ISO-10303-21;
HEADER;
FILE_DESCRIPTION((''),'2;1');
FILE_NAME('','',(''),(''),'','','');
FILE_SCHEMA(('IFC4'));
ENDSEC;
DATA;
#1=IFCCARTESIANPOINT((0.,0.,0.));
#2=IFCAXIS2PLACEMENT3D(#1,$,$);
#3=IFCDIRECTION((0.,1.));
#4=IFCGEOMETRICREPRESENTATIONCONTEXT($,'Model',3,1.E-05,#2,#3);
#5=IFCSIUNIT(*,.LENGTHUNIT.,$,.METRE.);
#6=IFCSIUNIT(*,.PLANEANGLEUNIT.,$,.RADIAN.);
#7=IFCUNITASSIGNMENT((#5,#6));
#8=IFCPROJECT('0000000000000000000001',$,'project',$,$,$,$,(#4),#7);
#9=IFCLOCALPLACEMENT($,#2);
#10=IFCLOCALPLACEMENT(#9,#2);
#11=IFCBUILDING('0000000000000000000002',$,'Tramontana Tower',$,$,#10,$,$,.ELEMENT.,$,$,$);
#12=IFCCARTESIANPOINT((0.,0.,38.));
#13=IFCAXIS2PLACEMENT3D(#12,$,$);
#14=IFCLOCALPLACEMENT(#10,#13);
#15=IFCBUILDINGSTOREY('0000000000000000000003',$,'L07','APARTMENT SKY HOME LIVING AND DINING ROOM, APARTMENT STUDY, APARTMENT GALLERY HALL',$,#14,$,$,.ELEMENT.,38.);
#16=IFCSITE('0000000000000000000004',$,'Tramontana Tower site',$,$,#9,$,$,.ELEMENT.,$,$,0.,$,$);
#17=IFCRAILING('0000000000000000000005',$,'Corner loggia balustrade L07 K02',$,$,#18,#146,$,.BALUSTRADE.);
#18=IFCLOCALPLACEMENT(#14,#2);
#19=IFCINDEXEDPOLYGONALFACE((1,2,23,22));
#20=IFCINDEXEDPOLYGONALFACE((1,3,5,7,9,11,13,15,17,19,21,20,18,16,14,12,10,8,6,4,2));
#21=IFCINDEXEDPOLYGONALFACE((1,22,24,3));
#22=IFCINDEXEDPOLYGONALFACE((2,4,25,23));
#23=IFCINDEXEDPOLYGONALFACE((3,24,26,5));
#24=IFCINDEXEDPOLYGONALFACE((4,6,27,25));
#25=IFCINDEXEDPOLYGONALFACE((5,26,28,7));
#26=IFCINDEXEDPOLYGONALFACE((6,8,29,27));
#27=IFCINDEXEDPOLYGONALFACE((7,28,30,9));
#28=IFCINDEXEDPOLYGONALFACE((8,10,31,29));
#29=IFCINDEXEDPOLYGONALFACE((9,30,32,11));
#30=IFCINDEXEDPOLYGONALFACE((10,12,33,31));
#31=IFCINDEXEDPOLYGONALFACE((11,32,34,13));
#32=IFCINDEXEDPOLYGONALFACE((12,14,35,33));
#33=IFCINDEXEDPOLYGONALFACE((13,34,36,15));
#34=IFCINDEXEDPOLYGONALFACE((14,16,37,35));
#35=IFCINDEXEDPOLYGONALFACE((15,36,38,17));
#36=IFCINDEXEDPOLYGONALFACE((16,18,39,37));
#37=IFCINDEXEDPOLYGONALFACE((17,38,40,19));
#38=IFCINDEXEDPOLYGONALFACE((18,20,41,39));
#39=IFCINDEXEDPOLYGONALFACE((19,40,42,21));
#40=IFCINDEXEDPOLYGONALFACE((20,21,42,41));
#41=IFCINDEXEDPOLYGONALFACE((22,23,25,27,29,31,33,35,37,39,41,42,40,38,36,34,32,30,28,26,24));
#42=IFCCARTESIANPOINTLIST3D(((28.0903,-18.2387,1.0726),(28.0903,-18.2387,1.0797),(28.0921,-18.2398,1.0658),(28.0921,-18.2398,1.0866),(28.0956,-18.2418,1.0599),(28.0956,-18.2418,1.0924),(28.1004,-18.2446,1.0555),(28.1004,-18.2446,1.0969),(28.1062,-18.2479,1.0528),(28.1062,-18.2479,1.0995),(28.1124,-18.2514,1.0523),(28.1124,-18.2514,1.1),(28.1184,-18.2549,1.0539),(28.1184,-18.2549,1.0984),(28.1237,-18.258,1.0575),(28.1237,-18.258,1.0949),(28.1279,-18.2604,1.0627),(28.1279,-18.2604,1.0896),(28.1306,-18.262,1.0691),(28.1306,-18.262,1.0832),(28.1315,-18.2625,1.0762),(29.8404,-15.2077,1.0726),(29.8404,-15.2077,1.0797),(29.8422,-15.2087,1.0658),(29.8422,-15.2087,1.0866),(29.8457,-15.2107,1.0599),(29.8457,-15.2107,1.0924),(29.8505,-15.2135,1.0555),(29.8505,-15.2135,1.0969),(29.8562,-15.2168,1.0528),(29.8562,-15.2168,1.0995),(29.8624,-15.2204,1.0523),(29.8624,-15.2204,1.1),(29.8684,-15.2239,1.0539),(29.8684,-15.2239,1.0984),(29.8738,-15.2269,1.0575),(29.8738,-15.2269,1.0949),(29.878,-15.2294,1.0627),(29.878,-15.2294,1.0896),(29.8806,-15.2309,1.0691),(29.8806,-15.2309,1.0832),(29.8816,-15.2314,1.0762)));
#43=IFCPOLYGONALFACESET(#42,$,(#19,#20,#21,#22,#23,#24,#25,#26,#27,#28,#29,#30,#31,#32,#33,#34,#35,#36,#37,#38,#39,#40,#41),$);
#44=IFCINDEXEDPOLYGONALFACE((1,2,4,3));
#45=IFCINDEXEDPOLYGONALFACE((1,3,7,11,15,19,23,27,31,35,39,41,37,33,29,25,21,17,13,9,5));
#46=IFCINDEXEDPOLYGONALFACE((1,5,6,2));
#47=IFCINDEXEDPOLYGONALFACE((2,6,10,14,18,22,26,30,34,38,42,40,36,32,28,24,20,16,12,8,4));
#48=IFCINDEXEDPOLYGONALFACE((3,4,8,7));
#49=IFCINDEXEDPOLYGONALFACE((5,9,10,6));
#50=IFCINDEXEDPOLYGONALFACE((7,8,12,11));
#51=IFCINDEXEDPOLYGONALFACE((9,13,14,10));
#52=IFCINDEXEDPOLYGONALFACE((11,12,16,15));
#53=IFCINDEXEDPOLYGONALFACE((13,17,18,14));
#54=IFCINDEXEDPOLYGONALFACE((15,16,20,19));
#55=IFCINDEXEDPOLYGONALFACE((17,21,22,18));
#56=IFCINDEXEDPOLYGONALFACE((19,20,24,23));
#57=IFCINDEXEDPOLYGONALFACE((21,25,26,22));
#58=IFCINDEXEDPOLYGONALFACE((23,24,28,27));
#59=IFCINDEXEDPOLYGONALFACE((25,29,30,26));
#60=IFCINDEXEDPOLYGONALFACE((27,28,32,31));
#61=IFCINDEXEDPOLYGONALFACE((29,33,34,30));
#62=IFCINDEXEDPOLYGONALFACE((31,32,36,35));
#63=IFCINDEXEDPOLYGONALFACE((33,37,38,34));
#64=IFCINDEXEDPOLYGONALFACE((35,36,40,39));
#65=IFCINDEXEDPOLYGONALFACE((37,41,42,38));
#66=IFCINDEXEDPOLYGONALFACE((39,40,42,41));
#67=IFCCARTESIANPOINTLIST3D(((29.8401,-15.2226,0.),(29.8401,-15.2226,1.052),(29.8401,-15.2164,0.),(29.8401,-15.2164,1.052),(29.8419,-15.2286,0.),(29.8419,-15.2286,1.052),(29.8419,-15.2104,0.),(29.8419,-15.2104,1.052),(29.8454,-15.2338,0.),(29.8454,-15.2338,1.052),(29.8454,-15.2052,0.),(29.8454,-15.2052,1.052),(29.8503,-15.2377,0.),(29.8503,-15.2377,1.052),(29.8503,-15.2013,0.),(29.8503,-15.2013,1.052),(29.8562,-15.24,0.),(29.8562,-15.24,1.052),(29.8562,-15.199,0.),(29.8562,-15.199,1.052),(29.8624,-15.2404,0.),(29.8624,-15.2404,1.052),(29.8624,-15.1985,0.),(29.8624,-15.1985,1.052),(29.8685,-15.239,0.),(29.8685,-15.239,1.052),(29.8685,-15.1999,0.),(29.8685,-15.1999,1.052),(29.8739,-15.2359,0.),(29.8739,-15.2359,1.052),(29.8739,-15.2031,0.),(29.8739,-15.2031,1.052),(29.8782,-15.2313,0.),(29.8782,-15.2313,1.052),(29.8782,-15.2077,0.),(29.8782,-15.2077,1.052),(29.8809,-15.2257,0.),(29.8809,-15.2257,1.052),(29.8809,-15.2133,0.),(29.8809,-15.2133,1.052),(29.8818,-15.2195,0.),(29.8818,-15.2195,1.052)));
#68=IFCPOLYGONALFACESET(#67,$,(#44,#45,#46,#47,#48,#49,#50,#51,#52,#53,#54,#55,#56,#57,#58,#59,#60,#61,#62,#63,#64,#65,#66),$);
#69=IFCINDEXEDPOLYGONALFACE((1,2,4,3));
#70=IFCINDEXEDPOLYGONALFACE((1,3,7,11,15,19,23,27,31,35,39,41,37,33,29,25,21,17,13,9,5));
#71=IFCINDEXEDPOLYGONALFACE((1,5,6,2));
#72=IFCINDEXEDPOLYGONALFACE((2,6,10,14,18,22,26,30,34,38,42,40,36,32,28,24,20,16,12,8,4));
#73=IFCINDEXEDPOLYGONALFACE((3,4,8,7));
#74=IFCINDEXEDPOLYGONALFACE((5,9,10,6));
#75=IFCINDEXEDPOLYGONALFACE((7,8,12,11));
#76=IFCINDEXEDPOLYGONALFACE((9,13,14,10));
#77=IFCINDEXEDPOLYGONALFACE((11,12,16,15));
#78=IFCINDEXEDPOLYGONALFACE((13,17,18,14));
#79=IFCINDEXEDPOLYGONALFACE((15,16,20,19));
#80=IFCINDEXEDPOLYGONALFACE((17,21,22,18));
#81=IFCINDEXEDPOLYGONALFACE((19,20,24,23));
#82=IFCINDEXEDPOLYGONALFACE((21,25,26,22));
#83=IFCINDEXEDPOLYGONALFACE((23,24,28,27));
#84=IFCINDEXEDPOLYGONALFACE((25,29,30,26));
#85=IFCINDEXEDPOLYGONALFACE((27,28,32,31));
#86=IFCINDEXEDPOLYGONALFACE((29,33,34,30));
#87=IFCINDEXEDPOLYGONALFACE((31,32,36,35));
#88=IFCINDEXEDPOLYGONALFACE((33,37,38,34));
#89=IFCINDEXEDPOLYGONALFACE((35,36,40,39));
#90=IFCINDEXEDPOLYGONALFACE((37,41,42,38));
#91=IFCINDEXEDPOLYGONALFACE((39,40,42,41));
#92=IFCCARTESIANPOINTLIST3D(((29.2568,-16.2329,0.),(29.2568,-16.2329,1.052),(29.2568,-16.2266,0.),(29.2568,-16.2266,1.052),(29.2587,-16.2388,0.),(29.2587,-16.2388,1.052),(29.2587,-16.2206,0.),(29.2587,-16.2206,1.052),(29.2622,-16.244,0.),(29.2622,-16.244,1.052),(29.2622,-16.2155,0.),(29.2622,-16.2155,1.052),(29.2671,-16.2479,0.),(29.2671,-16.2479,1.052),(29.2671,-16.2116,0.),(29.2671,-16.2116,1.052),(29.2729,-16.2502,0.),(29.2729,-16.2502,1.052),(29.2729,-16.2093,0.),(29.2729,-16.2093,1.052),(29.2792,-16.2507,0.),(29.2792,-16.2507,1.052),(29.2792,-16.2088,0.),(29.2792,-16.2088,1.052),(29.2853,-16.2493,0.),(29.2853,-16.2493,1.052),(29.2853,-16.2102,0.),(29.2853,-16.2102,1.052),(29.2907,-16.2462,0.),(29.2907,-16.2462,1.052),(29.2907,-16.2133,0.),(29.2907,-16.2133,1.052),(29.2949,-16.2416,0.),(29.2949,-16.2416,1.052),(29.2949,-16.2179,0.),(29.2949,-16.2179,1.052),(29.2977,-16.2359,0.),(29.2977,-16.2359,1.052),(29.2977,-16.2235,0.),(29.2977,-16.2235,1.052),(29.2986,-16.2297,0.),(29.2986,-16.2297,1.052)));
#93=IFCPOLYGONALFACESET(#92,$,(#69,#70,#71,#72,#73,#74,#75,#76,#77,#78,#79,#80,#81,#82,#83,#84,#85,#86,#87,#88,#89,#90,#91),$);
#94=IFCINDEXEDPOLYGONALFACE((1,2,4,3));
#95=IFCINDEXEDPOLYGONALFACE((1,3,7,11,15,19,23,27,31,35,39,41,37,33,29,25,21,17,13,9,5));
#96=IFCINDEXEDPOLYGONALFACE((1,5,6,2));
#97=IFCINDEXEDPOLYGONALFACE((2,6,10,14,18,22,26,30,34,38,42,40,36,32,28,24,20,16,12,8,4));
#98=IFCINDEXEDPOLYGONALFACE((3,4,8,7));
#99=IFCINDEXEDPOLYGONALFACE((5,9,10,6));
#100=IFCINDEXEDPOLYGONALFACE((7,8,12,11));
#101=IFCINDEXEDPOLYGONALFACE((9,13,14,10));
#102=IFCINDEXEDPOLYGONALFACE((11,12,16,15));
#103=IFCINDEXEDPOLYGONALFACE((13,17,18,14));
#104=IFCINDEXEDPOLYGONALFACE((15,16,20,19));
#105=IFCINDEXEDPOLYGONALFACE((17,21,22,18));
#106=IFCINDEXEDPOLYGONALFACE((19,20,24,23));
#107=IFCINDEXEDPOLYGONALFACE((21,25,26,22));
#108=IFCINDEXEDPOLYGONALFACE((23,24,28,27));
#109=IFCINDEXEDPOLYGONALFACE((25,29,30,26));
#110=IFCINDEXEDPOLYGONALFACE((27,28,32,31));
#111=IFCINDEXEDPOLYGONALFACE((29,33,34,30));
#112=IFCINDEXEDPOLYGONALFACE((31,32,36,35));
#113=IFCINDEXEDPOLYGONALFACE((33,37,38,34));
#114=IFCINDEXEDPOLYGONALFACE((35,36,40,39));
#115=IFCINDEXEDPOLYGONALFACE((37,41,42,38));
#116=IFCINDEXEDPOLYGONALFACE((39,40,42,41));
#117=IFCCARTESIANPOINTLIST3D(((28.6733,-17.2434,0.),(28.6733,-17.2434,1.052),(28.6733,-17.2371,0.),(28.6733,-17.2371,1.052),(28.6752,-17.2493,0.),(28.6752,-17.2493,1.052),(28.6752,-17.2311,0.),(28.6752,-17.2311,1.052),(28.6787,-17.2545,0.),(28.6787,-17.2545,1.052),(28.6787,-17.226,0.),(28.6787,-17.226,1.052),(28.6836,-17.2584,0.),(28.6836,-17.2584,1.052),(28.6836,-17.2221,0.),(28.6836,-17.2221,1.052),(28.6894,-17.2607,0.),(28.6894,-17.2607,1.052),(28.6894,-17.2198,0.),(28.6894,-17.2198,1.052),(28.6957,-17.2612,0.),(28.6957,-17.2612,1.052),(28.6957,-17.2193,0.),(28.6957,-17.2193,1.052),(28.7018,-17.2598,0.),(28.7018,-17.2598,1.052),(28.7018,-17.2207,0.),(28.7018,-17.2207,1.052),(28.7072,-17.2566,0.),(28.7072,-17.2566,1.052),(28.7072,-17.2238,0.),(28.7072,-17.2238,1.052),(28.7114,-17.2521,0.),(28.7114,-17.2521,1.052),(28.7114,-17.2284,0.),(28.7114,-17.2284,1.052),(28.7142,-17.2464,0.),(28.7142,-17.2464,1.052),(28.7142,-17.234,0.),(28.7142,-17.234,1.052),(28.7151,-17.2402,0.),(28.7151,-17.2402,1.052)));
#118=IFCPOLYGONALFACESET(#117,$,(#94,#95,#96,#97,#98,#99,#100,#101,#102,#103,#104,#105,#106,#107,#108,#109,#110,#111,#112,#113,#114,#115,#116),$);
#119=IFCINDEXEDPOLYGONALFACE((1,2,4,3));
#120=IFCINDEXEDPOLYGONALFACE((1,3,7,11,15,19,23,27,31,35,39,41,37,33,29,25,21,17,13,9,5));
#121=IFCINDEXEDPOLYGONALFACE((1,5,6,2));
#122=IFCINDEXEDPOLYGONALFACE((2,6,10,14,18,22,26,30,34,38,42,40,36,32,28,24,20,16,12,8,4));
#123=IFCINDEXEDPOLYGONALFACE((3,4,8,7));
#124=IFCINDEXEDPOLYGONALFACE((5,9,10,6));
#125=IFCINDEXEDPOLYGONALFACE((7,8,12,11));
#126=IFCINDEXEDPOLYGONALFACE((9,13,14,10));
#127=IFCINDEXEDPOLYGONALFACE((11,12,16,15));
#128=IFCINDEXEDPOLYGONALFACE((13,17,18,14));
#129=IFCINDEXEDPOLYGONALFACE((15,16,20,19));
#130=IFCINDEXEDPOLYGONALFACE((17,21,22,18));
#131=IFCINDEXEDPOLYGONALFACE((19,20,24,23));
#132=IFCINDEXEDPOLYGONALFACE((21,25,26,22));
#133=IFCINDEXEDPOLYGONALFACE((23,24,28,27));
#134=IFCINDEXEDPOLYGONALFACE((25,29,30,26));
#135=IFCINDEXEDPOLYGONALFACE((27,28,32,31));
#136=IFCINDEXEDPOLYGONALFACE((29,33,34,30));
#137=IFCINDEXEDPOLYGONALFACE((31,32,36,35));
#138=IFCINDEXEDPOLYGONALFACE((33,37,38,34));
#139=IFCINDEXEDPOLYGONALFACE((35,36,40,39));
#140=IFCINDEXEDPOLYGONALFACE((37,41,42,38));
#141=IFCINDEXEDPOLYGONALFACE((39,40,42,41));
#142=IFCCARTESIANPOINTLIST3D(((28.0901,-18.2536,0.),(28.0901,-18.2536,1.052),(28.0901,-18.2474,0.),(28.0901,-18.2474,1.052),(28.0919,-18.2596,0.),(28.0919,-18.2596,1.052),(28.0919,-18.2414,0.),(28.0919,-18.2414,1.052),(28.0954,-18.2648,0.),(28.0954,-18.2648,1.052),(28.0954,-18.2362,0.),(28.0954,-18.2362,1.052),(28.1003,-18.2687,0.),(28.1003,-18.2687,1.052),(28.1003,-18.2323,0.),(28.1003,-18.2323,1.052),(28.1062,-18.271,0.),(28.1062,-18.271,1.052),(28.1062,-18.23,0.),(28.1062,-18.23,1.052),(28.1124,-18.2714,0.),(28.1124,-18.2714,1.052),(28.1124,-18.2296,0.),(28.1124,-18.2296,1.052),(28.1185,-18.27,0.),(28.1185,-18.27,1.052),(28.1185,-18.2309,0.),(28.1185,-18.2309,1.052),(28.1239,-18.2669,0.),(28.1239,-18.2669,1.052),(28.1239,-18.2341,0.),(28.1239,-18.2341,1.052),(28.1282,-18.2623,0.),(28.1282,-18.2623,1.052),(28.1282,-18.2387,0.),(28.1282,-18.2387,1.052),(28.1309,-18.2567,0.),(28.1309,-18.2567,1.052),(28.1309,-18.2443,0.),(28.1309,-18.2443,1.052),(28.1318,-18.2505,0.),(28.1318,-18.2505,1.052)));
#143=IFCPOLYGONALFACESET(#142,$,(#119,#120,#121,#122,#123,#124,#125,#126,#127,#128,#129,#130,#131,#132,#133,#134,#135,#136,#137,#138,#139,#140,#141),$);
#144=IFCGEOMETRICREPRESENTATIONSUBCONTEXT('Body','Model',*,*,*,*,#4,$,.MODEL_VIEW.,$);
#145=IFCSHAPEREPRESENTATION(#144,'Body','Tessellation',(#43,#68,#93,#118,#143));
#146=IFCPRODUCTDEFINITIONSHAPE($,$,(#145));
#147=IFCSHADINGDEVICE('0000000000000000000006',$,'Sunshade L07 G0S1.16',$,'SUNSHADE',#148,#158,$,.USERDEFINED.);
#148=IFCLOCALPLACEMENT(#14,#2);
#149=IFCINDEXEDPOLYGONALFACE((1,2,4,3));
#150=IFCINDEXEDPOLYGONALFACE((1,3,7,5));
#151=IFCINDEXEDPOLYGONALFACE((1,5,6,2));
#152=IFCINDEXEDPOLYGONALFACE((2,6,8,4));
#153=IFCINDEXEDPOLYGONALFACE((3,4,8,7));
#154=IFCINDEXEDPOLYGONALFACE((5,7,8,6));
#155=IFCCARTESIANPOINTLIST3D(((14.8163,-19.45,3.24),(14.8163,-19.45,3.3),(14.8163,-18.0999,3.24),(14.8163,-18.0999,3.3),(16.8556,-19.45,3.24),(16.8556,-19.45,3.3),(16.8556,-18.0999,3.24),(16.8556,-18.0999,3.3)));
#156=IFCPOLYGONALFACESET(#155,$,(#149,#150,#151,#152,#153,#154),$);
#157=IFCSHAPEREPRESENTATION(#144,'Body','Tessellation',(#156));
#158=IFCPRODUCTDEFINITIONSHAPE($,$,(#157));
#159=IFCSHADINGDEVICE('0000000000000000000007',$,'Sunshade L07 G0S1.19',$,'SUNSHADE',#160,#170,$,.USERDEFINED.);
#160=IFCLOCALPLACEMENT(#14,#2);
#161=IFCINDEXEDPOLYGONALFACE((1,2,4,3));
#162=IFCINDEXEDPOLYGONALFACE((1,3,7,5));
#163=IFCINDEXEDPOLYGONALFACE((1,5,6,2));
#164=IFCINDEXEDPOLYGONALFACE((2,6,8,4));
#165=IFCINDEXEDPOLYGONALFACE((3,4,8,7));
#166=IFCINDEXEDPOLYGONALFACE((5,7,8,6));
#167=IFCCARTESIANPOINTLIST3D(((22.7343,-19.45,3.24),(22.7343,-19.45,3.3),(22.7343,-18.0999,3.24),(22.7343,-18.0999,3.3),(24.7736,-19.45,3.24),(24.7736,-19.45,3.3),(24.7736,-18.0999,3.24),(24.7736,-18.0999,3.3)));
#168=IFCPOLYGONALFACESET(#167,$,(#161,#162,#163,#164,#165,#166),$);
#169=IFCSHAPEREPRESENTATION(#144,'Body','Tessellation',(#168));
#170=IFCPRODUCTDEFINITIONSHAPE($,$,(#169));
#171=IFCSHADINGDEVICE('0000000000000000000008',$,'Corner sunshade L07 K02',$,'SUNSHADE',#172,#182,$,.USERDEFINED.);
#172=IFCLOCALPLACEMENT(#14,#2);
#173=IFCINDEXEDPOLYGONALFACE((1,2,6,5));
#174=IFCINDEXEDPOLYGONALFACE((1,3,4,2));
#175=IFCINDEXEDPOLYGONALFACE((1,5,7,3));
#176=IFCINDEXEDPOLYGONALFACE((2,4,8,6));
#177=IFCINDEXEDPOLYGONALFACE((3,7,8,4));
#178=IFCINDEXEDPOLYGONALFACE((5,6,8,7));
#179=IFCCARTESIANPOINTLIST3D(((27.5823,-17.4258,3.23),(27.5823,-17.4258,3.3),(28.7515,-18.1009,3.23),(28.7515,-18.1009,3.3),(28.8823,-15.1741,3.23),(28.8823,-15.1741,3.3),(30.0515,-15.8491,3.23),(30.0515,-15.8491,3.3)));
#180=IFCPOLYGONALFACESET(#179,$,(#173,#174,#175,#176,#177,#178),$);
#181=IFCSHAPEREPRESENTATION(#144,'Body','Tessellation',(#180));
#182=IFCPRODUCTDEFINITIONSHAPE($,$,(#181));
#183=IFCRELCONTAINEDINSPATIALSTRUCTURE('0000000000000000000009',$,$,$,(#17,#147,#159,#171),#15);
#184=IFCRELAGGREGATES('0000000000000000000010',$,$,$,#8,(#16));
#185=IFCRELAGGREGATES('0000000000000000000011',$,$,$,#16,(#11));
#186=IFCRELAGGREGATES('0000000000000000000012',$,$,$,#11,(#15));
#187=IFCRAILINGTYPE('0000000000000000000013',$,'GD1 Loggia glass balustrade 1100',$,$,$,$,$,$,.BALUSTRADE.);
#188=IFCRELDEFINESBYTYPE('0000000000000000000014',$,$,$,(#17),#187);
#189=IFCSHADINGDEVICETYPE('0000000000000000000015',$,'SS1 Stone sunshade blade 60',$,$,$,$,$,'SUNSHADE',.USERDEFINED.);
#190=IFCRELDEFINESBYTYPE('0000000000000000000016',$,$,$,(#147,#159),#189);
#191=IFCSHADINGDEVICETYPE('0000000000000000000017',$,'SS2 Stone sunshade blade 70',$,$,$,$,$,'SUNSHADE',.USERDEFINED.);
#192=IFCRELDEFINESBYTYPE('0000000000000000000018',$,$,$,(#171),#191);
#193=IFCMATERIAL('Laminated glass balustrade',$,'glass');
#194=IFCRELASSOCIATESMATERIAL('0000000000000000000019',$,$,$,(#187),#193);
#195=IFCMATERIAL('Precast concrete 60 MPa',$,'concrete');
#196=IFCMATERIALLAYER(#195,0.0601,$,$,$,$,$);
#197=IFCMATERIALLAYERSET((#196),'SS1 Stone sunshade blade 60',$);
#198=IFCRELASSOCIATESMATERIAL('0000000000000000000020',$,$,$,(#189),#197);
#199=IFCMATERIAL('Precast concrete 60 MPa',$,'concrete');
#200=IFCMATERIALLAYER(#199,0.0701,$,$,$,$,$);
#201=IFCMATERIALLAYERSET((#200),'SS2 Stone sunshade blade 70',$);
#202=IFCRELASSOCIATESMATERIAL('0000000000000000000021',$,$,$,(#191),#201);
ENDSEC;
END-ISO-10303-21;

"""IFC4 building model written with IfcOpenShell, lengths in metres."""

from ifc_helpers import new_model, si_unit, direction, frame, origin, origin_2d, place, context, subcontext, project, spatial, rectangle, circle, extrude, material, layer, layer_set, type_object, element, save


model = new_model("IFC4")

# Units and contexts
model_context = context("Model", 3, precision=1e-05, world=origin(), true_north=direction((0.0, 1.0)))
body_context = subcontext(model_context, "Body", "Model", "MODEL_VIEW")
ifc_project = project(units=[si_unit("LENGTHUNIT", "METRE"), si_unit("PLANEANGLEUNIT", "RADIAN")], contexts=[model_context])

# Site, building, storey
site_placement = place(None, origin())
site = spatial("IfcSite", under=ifc_project, at=site_placement, Name="Tramontana Tower site", CompositionType="ELEMENT", RefElevation=0.0)
building_placement = place(site_placement, origin())
building = spatial("IfcBuilding", under=site, at=building_placement, Name="Tramontana Tower", CompositionType="ELEMENT")
storey_placement = place(building_placement, frame((0.0, 0.0, 38.0)))
storey = spatial("IfcBuildingStorey", under=building, at=storey_placement, Name="L07", Description="APARTMENT SKY HOME LIVING AND DINING ROOM, APARTMENT STUDY, APARTMENT GALLERY HALL", CompositionType="ELEMENT", Elevation=38.0)

# Railing
ifc_material_1 = material(Name="Laminated glass balustrade", Category="glass")
railing_type = type_object("IfcRailingType", Name="GD1 Loggia glass balustrade 1100", PredefinedType="BALUSTRADE", material=ifc_material_1)
railing_placement = place(storey_placement, frame((29.8608, -15.2195, 0.0)))
element("IfcRailing", 1, at=railing_placement, inside=storey, type_object=railing_type, Name="Corner loggia balustrade L07 K02", PredefinedType="BALUSTRADE", context=body_context, shape_type="SweptSolid", body=[
    extrude(circle(Radius=0.0239, at=origin_2d()), frame((0.0, 0.0, 1.0762), z_axis=(-0.50001, -0.866019, 0.0), x_axis=(0.866019, -0.50001, 0.0)), (0.0, 0.0, 1.0), 3.5),
    extrude(circle(Radius=0.021, at=origin_2d()), origin(), (0.0, 0.0, 1.0), 1.052),
    extrude(circle(Radius=0.021, at=origin_2d()), frame((-0.5833, -1.0103, 0.0)), (0.0, 0.0, 1.0), 1.052),
    extrude(circle(Radius=0.021, at=origin_2d()), frame((-1.1667, -2.0208, 0.0)), (0.0, 0.0, 1.0), 1.052),
    extrude(circle(Radius=0.021, at=origin_2d()), frame((-1.75, -3.031, 0.0)), (0.0, 0.0, 1.0), 1.052),
])

# Shading devices
ifc_material_2 = material(Name="Precast concrete 60 MPa", Category="concrete")
ifc_layer_1 = layer(ifc_material_2, 0.0601)
ifc_layer_set_1 = layer_set([ifc_layer_1], Name="SS1 Stone sunshade blade 60")
shading_device_type_1 = type_object("IfcShadingDeviceType", Name="SS1 Stone sunshade blade 60", ElementType="SUNSHADE", PredefinedType="USERDEFINED", material=ifc_layer_set_1)
for number, where, z_axis, x_axis, name in (
    (2, (15.8359, -18.7749, 3.24), (0.0, 0.0, 1.0), (1.0, 0.0, 0.0), "Sunshade L07 G0S1.16"),
    (3, (23.7539, -18.7749, 3.24), (0.0, 0.0, 1.0), (1.0, 0.0, 0.0), "Sunshade L07 G0S1.19"),
):
    element("IfcShadingDevice", number, at=place(storey_placement, frame(where, z_axis=z_axis, x_axis=x_axis)), inside=storey, type_object=shading_device_type_1, Name=name, ObjectType="SUNSHADE", PredefinedType="USERDEFINED", context=body_context, shape_type="SweptSolid", body=[
        extrude(rectangle(XDim=2.0393, YDim=1.3501, at=origin_2d()), origin(), (0.0, 0.0, 1.0), 0.0601),
    ])
ifc_material_3 = material(Name="Precast concrete 60 MPa", Category="concrete")
ifc_layer_2 = layer(ifc_material_3, 0.0701)
ifc_layer_set_2 = layer_set([ifc_layer_2], Name="SS2 Stone sunshade blade 70")
shading_device_type_2 = type_object("IfcShadingDeviceType", Name="SS2 Stone sunshade blade 70", ElementType="SUNSHADE", PredefinedType="USERDEFINED", material=ifc_layer_set_2)
shading_device_placement = place(storey_placement, frame((28.8169, -16.6375, 3.23), z_axis=(0.0, 0.0, 1.0), x_axis=(-0.5, -0.866025, 0.0)))
element("IfcShadingDevice", 4, at=shading_device_placement, inside=storey, type_object=shading_device_type_2, Name="Corner sunshade L07 K02", ObjectType="SUNSHADE", PredefinedType="USERDEFINED", context=body_context, shape_type="SweptSolid", body=[
    extrude(rectangle(XDim=2.6001, YDim=1.3501, at=origin_2d()), origin(), (0.0, 0.0, 1.0), 0.0701),
])

save(model, "model.ifc")
